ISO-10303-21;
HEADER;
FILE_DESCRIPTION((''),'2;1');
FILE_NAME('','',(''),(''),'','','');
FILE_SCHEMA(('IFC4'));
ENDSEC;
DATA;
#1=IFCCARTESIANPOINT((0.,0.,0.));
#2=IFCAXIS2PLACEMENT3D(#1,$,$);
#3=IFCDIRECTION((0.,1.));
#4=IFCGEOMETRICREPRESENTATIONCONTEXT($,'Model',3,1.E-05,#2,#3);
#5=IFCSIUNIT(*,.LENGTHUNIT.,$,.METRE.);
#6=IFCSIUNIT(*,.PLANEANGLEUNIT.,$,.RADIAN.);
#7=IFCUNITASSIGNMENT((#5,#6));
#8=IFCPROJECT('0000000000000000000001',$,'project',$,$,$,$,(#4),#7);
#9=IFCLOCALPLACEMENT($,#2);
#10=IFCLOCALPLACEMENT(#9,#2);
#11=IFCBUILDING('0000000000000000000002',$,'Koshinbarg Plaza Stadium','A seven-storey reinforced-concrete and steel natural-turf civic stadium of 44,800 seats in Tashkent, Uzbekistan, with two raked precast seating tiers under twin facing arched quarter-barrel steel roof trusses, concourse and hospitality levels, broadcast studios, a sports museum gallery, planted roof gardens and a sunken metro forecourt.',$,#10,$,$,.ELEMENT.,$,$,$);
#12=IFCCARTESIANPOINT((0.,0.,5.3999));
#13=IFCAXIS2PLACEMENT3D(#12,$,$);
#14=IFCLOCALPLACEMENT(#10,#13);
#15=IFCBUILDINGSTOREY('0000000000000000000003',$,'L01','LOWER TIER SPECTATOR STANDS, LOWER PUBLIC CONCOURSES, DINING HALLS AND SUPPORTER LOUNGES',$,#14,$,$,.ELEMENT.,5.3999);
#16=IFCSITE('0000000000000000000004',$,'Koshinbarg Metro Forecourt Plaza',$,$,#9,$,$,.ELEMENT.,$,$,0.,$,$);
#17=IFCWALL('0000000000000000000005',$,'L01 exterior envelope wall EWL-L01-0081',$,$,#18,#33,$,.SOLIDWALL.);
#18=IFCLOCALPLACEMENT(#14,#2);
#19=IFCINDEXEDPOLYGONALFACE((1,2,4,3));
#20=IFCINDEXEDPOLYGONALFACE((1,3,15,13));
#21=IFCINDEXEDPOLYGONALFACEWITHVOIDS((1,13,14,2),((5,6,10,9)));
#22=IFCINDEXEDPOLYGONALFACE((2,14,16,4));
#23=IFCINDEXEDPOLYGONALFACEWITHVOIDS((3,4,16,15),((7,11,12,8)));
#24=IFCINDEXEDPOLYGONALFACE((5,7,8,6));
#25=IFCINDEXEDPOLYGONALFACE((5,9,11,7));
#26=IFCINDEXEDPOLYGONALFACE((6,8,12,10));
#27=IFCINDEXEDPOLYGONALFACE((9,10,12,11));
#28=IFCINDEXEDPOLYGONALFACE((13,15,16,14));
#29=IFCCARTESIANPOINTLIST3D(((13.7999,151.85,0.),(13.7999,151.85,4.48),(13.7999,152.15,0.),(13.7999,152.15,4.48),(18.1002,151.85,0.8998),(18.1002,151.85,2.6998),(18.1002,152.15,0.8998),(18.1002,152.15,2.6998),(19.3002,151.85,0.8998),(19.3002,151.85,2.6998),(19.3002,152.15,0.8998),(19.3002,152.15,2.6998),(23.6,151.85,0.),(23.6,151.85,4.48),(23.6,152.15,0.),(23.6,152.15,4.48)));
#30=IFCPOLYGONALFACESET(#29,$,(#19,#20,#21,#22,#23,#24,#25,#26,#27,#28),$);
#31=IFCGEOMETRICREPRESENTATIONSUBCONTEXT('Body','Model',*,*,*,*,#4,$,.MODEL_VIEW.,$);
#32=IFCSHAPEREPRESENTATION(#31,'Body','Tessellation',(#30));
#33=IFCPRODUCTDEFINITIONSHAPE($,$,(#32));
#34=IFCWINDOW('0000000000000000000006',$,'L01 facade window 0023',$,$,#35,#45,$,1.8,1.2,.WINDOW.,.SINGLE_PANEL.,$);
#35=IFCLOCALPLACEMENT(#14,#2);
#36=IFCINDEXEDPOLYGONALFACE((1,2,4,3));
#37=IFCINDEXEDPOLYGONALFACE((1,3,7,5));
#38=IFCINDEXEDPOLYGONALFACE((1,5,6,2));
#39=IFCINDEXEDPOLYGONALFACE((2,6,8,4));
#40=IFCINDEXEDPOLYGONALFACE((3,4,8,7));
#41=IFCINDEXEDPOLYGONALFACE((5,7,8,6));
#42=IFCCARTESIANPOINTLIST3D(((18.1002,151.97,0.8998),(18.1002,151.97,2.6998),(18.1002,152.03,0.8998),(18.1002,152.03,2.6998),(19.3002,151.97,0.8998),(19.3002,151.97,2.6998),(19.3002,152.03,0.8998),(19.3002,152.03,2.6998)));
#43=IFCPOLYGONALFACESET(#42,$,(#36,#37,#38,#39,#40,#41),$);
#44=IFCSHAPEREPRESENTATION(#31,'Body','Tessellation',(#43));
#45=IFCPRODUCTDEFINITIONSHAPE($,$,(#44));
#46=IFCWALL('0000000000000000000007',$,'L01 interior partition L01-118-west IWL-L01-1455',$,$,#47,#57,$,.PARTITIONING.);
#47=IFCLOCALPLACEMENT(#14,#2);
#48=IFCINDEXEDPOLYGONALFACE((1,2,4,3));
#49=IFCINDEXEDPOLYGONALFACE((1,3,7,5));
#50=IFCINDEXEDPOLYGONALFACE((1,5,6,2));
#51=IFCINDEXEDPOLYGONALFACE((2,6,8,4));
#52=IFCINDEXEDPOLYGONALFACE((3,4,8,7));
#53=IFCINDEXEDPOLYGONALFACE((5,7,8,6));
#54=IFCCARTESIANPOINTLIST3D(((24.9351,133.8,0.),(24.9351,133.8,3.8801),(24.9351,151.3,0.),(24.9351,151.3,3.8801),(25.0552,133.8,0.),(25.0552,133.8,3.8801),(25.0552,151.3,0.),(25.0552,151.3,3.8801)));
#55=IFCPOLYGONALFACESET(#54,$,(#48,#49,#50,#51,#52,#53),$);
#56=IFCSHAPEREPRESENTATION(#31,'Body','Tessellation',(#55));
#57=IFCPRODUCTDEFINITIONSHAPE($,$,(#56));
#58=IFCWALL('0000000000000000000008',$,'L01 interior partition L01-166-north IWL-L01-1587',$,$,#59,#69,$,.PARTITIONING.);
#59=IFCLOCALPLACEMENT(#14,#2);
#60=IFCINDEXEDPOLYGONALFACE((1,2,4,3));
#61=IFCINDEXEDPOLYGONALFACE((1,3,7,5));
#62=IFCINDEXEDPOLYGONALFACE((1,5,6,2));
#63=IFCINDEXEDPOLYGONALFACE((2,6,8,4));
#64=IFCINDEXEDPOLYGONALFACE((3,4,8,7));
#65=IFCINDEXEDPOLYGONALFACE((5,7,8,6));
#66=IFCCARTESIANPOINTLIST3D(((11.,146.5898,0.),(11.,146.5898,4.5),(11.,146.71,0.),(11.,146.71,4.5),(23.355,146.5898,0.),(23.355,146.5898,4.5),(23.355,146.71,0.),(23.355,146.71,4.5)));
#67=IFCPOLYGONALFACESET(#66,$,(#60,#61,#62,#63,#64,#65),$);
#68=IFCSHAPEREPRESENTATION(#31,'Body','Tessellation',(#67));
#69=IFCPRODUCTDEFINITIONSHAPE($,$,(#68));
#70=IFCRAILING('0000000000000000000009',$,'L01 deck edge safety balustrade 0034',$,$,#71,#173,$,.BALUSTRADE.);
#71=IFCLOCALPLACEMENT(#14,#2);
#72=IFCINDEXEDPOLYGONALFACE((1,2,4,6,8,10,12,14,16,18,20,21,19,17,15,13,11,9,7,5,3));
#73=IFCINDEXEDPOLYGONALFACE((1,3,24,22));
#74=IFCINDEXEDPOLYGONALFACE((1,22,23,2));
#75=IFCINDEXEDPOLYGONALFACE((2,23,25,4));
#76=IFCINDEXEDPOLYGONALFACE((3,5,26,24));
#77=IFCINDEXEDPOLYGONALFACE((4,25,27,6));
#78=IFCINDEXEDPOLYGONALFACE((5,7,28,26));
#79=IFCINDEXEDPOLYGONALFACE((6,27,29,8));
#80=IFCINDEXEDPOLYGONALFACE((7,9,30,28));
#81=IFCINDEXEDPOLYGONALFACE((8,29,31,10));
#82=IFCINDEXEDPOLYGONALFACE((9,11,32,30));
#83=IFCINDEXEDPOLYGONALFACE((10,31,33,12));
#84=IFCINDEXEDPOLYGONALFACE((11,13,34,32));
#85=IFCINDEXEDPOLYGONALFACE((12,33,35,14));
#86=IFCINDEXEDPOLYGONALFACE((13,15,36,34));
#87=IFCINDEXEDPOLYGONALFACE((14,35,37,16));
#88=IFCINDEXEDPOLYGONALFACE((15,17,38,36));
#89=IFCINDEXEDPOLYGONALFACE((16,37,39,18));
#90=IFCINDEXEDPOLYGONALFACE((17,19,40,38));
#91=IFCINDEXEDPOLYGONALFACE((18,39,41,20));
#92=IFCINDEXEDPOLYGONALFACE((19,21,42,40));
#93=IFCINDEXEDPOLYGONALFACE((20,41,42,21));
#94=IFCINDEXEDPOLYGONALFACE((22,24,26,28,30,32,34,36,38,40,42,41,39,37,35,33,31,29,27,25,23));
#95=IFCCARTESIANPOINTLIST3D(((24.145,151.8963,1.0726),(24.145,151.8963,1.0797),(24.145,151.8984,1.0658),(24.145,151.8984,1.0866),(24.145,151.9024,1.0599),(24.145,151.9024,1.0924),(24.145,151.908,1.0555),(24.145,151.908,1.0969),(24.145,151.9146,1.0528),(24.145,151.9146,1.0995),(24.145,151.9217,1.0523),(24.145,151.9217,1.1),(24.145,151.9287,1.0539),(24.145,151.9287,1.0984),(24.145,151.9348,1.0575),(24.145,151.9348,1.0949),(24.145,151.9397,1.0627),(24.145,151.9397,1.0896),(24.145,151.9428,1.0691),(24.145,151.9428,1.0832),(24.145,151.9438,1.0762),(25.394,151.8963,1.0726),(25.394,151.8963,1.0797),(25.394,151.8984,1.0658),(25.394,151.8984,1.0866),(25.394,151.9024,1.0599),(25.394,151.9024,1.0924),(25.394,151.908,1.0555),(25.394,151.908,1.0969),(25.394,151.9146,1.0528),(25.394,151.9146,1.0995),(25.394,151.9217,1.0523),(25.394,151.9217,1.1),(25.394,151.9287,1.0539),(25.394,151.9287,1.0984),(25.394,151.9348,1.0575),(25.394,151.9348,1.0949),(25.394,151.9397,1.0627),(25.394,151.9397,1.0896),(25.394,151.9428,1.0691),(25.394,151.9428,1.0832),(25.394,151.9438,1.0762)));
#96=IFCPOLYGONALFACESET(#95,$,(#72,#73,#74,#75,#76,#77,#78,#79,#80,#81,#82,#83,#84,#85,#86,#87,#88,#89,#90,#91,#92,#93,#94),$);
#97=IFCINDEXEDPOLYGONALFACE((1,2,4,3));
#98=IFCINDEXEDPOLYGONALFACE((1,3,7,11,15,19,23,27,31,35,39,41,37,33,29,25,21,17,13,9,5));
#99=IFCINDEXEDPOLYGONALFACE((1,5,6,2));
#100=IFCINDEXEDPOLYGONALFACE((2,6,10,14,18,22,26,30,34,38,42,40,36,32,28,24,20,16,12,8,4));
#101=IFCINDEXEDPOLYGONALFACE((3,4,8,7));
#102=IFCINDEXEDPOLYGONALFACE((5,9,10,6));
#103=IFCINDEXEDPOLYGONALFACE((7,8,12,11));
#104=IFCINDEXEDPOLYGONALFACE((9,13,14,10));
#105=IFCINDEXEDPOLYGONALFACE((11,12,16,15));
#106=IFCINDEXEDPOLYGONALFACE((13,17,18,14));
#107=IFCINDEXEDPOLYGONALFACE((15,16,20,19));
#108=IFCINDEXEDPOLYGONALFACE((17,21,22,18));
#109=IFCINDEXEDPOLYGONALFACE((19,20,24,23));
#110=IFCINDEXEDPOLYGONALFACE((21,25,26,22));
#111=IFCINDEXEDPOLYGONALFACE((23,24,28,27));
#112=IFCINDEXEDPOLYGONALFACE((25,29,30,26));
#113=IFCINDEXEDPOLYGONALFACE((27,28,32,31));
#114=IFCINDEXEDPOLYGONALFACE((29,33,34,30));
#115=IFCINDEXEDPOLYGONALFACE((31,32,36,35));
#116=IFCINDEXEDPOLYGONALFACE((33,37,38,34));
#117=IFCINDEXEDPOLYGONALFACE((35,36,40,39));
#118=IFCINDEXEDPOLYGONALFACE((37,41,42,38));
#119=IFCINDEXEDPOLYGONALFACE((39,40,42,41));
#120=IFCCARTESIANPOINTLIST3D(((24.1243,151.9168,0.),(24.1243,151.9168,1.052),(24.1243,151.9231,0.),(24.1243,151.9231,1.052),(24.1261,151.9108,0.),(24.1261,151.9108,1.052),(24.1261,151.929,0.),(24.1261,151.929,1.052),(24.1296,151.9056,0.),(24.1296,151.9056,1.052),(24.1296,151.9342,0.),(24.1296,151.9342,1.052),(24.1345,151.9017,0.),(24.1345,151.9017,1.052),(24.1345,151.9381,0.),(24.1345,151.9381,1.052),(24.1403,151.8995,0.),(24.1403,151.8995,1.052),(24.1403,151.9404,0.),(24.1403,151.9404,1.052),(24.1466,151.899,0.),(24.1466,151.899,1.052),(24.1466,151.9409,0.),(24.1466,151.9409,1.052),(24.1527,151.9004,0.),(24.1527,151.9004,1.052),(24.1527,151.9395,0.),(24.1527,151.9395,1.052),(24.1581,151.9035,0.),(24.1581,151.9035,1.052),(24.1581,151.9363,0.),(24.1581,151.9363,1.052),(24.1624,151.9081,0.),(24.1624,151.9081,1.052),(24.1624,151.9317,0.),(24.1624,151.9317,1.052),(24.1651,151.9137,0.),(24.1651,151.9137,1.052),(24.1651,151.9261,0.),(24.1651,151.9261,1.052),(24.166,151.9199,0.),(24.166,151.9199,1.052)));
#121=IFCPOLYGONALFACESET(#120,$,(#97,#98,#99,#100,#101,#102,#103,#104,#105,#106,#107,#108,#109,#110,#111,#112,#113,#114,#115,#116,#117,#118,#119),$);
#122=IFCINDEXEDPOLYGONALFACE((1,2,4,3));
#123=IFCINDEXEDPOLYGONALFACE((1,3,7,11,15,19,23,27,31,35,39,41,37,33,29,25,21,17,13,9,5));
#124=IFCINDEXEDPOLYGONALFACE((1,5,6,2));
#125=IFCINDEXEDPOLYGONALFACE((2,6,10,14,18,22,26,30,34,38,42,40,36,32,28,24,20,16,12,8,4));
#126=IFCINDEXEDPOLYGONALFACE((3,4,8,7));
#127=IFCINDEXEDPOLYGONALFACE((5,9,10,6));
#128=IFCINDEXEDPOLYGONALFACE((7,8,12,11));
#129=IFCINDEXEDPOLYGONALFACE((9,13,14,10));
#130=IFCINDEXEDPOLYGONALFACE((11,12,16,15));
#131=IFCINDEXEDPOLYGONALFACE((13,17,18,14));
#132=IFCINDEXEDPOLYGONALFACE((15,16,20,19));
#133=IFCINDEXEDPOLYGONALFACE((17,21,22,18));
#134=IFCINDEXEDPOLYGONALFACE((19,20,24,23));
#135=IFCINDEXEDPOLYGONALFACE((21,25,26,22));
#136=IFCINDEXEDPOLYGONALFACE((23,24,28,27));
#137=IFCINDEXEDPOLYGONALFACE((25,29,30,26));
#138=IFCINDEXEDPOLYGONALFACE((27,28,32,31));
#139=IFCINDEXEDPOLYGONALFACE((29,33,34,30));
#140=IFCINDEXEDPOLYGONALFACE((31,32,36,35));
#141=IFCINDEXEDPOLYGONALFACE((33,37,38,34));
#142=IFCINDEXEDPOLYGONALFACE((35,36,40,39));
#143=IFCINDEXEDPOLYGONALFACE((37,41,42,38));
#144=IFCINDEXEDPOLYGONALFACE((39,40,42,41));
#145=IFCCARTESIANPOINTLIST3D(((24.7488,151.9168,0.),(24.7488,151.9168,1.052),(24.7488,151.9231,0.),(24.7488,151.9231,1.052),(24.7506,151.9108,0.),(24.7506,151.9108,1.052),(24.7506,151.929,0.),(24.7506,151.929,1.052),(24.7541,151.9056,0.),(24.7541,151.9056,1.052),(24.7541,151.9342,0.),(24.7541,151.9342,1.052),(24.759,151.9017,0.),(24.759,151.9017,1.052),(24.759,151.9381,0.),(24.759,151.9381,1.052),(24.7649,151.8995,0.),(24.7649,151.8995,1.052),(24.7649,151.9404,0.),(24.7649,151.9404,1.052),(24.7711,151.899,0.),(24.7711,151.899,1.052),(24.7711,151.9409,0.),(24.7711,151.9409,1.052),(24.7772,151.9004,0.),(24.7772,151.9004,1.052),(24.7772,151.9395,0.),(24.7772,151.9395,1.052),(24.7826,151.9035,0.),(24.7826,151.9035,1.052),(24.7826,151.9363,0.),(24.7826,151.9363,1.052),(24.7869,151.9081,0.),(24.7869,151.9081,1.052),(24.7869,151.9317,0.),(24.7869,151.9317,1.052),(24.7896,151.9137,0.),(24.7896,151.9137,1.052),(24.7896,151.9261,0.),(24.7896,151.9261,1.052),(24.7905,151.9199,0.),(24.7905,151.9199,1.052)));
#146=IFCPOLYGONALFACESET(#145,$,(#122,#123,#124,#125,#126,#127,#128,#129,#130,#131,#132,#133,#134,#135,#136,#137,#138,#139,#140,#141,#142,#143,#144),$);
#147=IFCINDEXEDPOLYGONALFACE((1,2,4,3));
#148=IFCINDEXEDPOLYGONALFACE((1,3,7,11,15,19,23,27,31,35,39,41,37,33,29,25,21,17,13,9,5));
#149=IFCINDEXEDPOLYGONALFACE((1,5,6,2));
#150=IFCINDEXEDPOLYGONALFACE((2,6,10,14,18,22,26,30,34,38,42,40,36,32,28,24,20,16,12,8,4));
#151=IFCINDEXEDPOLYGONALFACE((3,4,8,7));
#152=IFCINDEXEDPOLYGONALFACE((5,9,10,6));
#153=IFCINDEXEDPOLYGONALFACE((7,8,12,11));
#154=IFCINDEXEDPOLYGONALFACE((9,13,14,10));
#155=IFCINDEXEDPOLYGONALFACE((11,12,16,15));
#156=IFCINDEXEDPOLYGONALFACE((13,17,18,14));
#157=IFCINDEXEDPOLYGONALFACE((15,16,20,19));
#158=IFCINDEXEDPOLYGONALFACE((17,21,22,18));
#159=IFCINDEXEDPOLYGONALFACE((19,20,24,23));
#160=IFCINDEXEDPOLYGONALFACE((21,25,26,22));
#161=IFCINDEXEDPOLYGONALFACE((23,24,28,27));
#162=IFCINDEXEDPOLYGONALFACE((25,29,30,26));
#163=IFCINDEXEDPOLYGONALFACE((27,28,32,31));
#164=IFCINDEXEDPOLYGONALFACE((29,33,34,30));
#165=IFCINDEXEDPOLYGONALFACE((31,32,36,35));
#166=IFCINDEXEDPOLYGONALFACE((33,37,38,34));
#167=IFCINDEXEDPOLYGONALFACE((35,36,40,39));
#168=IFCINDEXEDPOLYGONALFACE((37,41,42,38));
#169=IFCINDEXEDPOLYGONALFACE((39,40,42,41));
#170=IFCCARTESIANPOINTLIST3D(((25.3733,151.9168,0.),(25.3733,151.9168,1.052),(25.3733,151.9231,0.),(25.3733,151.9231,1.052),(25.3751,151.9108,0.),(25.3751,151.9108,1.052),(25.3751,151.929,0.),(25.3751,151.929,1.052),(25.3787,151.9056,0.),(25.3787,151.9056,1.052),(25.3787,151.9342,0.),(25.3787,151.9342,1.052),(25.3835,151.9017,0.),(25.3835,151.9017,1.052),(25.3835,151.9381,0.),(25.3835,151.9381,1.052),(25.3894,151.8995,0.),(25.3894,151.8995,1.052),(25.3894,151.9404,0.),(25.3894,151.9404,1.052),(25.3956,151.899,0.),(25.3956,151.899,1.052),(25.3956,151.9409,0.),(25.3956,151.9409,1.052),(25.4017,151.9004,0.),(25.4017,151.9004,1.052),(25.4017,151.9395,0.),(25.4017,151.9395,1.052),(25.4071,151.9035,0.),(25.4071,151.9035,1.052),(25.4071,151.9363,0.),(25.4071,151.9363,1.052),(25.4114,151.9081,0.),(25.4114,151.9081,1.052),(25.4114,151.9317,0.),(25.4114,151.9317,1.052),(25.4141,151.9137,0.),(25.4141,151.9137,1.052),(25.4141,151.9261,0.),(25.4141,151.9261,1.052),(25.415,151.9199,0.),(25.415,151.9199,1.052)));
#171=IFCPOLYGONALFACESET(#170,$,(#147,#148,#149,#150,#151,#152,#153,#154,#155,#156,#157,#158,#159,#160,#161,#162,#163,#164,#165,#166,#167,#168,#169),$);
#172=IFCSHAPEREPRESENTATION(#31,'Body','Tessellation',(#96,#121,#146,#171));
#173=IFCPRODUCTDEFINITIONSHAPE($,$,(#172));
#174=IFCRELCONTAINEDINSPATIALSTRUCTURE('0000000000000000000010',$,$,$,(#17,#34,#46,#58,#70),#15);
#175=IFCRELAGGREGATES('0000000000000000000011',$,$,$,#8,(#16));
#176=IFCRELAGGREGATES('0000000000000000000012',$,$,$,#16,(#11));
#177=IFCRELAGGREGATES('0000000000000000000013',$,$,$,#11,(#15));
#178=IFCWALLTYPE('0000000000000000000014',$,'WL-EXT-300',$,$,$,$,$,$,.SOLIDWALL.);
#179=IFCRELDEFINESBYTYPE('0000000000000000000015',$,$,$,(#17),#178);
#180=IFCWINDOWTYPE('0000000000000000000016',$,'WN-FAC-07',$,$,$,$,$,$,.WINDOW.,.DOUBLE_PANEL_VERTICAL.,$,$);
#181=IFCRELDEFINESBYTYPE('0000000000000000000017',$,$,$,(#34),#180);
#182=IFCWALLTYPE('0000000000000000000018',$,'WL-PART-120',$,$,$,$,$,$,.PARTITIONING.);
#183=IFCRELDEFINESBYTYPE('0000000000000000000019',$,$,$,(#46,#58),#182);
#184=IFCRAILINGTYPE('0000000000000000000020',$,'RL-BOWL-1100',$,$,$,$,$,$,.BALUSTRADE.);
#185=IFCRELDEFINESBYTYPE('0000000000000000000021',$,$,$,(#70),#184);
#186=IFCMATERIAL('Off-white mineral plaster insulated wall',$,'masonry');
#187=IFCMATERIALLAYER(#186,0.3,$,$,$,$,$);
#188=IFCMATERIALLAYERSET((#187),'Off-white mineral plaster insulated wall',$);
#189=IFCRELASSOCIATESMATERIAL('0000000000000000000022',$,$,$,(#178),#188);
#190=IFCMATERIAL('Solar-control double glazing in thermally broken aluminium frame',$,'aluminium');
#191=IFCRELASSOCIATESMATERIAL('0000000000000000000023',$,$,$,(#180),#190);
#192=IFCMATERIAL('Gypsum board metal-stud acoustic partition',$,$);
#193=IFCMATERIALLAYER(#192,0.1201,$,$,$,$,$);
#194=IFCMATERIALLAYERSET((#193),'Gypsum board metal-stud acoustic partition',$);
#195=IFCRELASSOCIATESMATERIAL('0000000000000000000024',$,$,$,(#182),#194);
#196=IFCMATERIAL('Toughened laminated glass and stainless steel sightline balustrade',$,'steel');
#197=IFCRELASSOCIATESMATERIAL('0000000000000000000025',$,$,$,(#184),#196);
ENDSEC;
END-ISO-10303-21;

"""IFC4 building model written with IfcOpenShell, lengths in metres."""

from ifc_helpers import new_model, si_unit, direction, frame, frame_2d, origin, origin_2d, place, context, subcontext, project, spatial, rectangle, circle, extrude, material, layer, layer_set, type_object, element, fill, save


model = new_model("IFC4")

# Units and contexts
model_context = context("Model", 3, precision=1e-05, world=origin(), true_north=direction((0.0, 1.0)))
body_context = subcontext(model_context, "Body", "Model", "MODEL_VIEW")
ifc_project = project(units=[si_unit("LENGTHUNIT", "METRE"), si_unit("PLANEANGLEUNIT", "RADIAN")], contexts=[model_context])

# Site, building, storey
site_placement = place(None, origin())
site = spatial("IfcSite", under=ifc_project, at=site_placement, Name="Koshinbarg Metro Forecourt Plaza", CompositionType="ELEMENT", RefElevation=0.0)
building_placement = place(site_placement, origin())
building = spatial("IfcBuilding", under=site, at=building_placement, Name="Koshinbarg Plaza Stadium", Description="A seven-storey reinforced-concrete and steel natural-turf civic stadium of 44,800 seats in Tashkent, Uzbekistan, with two raked precast seating tiers under twin facing arched quarter-barrel steel roof trusses, concourse and hospitality levels, broadcast studios, a sports museum gallery, planted roof gardens and a sunken metro forecourt.", CompositionType="ELEMENT")
storey_placement = place(building_placement, frame((0.0, 0.0, 5.3999)))
storey = spatial("IfcBuildingStorey", under=building, at=storey_placement, Name="L01", Description="LOWER TIER SPECTATOR STANDS, LOWER PUBLIC CONCOURSES, DINING HALLS AND SUPPORTER LOUNGES", CompositionType="ELEMENT", Elevation=5.3999)

# Wall, opening, window
ifc_material_1 = material(Name="Off-white mineral plaster insulated wall", Category="masonry")
ifc_layer_1 = layer(ifc_material_1, 0.3)
ifc_layer_set_1 = layer_set([ifc_layer_1], Name="Off-white mineral plaster insulated wall")
wall_type_1 = type_object("IfcWallType", Name="WL-EXT-300", PredefinedType="SOLIDWALL", material=ifc_layer_set_1)
wall_1_placement = place(storey_placement, frame((13.8, 152.0, 0.0), z_axis=(0.0, 0.0, 1.0), x_axis=(1.0, 0.0, 0.0)))
wall_1 = element("IfcWall", 1, at=wall_1_placement, inside=storey, type_object=wall_type_1, Name="L01 exterior envelope wall EWL-L01-0081", PredefinedType="SOLIDWALL", context=body_context, shape_type="SweptSolid", body=[
    extrude(rectangle(XDim=9.8, YDim=0.3, at=frame_2d((4.8999, 0.0))), origin(), (0.0, 0.0, 1.0), 4.48),
])
opening_placement = place(wall_1_placement, frame((4.3, 0.0, 0.8999)))
opening = element("IfcOpeningElement", 2, at=opening_placement, cuts=wall_1, PredefinedType="OPENING", context=body_context, shape_type="SweptSolid", body=[
    extrude(rectangle(XDim=1.2, YDim=1.8, at=frame_2d((0.6001, 0.8999))), frame((0.0, 0.1599, 0.0), z_axis=(0.0, -1.0, 0.0), x_axis=(1.0, 0.0, 0.0)), (0.0, 0.0, 1.0), 0.3201),
])
ifc_material_2 = material(Name="Solar-control double glazing in thermally broken aluminium frame", Category="aluminium")
window_type = type_object("IfcWindowType", Name="WN-FAC-07", PartitioningType="DOUBLE_PANEL_VERTICAL", PredefinedType="WINDOW", material=ifc_material_2)
window_placement = place(opening_placement, origin())
window = element("IfcWindow", 3, at=window_placement, inside=storey, type_object=window_type, Name="L01 facade window 0023", OverallHeight=1.8, OverallWidth=1.2, PartitioningType="SINGLE_PANEL", PredefinedType="WINDOW", context=body_context, shape_type="SweptSolid", body=[
    extrude(rectangle(XDim=1.2, YDim=1.8, at=frame_2d((0.6001, 0.8999))), frame((0.0, 0.03, 0.0), z_axis=(0.0, -1.0, 0.0), x_axis=(1.0, 0.0, 0.0)), (0.0, 0.0, 1.0), 0.0601),
])
fill(opening, window)

# Walls
ifc_material_3 = material(Name="Gypsum board metal-stud acoustic partition")
ifc_layer_2 = layer(ifc_material_3, 0.1201)
ifc_layer_set_2 = layer_set([ifc_layer_2], Name="Gypsum board metal-stud acoustic partition")
wall_type_2 = type_object("IfcWallType", Name="WL-PART-120", PredefinedType="PARTITIONING", material=ifc_layer_set_2)
wall_2_placement = place(storey_placement, frame((24.9951, 151.3, 0.0), z_axis=(0.0, 0.0, 1.0), x_axis=(0.0, -1.0, 0.0)))
element("IfcWall", 4, at=wall_2_placement, inside=storey, type_object=wall_type_2, Name="L01 interior partition L01-118-west IWL-L01-1455", PredefinedType="PARTITIONING", context=body_context, shape_type="SweptSolid", body=[
    extrude(rectangle(XDim=17.5, YDim=0.1201, at=frame_2d((8.75, 0.0))), origin(), (0.0, 0.0, 1.0), 3.8801),
])
wall_3_placement = place(storey_placement, frame((23.355, 146.6499, 0.0), z_axis=(0.0, 0.0, 1.0), x_axis=(-1.0, 0.0, 0.0)))
element("IfcWall", 5, at=wall_3_placement, inside=storey, type_object=wall_type_2, Name="L01 interior partition L01-166-north IWL-L01-1587", PredefinedType="PARTITIONING", context=body_context, shape_type="SweptSolid", body=[
    extrude(rectangle(XDim=12.355, YDim=0.1201, at=frame_2d((6.1775, 0.0))), origin(), (0.0, 0.0, 1.0), 4.5),
])

# Railing
ifc_material_4 = material(Name="Toughened laminated glass and stainless steel sightline balustrade", Category="steel")
railing_type = type_object("IfcRailingType", Name="RL-BOWL-1100", PredefinedType="BALUSTRADE", material=ifc_material_4)
railing_1_placement = place(storey_placement, frame((24.145, 151.9199, 0.0)))
element("IfcRailing", 6, at=railing_1_placement, inside=storey, type_object=railing_type, Name="L01 deck edge safety balustrade 0034", PredefinedType="BALUSTRADE", context=body_context, shape_type="SweptSolid", body=[
    extrude(circle(Radius=0.0239, at=origin_2d()), frame((0.0, 0.0, 1.0762), z_axis=(1.0, 0.0, 0.0), x_axis=(0.0, 1.0, 0.0)), (0.0, 0.0, 1.0), 1.249),
    extrude(circle(Radius=0.021, at=origin_2d()), origin(), (0.0, 0.0, 1.0), 1.052),
    extrude(circle(Radius=0.021, at=origin_2d()), frame((0.6245, 0.0, 0.0)), (0.0, 0.0, 1.0), 1.052),
    extrude(circle(Radius=0.021, at=origin_2d()), frame((1.249, 0.0, 0.0)), (0.0, 0.0, 1.0), 1.052),
])

save(model, "model.ifc")
